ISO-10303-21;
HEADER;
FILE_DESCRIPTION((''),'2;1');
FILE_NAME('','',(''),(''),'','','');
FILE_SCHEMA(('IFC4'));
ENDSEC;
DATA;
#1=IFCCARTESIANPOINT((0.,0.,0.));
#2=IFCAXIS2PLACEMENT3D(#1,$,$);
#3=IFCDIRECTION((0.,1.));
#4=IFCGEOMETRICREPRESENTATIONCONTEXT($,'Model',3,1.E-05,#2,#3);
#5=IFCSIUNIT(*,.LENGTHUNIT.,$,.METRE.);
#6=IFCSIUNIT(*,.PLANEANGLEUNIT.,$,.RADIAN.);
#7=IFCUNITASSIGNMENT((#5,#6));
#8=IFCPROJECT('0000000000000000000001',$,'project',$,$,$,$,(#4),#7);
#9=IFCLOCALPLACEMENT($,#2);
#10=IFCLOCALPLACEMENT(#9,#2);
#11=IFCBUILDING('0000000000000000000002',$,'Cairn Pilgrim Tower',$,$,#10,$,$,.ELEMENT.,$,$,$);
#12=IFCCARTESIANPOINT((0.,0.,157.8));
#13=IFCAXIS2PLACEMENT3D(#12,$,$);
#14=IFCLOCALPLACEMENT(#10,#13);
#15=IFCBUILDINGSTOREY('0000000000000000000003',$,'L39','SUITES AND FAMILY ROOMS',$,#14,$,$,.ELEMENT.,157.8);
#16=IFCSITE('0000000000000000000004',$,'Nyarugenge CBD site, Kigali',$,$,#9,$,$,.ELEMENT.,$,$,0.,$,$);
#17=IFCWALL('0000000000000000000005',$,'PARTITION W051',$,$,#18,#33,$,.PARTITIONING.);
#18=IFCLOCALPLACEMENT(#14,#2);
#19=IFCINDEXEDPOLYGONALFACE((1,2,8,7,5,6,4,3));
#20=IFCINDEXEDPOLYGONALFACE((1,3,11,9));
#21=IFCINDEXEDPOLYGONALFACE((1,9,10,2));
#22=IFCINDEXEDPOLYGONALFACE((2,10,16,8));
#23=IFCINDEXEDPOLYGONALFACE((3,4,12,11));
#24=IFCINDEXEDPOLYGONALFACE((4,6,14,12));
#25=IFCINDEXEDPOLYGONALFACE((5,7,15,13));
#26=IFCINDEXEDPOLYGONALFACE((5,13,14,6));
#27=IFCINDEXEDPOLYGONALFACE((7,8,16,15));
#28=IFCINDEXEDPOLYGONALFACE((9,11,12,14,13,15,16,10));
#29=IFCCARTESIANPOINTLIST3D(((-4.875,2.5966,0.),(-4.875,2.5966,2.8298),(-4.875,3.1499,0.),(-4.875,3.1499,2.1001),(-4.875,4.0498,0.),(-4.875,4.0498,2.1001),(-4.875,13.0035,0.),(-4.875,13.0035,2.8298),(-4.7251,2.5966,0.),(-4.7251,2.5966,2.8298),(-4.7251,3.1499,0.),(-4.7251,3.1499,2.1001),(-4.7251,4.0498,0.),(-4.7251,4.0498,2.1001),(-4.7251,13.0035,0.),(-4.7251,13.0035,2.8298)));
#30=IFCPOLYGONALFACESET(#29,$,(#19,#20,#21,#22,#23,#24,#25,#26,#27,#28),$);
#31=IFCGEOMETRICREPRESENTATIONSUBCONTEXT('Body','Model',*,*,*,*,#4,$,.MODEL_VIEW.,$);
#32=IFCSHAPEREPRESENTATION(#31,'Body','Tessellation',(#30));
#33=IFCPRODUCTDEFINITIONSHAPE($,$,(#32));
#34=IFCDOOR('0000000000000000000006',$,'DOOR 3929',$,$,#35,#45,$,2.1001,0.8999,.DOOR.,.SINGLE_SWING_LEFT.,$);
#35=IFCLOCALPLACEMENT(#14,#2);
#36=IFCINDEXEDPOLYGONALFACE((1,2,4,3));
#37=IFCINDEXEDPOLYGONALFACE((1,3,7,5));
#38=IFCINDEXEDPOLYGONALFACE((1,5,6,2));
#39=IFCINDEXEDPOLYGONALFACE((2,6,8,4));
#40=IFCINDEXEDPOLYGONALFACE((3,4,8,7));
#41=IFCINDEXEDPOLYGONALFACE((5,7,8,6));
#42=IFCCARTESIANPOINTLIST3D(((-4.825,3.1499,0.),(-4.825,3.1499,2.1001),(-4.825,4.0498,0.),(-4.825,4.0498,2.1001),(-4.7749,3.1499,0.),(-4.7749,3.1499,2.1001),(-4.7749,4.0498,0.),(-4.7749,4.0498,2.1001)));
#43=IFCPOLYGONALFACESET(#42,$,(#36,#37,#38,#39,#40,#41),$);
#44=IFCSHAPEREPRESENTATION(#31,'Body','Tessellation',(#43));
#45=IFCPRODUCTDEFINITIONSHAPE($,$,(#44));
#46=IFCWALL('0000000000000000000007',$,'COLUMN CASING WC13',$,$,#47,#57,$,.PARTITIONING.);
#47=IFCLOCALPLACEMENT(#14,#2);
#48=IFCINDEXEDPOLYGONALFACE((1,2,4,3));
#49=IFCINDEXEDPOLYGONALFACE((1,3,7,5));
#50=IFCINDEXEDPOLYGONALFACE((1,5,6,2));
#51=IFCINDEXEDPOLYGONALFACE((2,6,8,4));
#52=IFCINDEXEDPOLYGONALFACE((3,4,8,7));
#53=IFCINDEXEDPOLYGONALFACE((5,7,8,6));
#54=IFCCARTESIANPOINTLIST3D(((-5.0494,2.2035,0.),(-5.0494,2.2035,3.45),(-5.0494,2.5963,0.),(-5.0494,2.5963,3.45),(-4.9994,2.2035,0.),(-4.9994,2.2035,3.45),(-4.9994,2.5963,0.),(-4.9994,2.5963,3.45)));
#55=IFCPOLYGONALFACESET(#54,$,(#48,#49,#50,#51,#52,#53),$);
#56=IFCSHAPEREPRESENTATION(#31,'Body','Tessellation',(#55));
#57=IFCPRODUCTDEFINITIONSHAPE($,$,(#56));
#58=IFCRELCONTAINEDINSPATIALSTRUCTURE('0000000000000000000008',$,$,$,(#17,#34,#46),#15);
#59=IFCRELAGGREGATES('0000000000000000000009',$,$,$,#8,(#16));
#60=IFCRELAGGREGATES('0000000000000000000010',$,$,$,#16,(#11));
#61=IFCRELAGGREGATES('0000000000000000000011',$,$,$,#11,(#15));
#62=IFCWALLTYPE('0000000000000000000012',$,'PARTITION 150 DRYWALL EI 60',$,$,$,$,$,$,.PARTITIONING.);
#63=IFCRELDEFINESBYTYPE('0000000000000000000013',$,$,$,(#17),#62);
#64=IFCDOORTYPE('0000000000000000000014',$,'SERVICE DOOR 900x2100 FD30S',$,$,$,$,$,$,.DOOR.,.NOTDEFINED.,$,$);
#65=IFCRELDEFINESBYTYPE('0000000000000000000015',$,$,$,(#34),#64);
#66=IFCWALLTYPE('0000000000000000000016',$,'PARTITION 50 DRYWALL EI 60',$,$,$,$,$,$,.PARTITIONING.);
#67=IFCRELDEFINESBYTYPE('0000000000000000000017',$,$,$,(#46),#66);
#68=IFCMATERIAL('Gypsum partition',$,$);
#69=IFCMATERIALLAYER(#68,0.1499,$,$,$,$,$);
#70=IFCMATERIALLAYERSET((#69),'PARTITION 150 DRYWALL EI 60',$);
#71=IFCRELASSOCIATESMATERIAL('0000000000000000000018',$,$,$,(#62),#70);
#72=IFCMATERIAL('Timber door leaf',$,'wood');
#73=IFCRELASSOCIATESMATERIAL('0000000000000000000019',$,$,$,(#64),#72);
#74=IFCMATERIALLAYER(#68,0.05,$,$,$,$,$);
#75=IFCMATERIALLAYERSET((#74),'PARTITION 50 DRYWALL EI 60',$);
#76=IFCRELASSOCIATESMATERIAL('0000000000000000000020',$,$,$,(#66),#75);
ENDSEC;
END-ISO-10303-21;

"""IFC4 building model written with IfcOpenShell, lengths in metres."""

from ifc_helpers import new_model, si_unit, direction, frame, frame_2d, origin, place, context, subcontext, project, spatial, rectangle, extrude, material, layer, layer_set, type_object, element, fill, save


model = new_model("IFC4")

# Units and contexts
model_context = context("Model", 3, precision=1e-05, world=origin(), true_north=direction((0.0, 1.0)))
body_context = subcontext(model_context, "Body", "Model", "MODEL_VIEW")
ifc_project = project(units=[si_unit("LENGTHUNIT", "METRE"), si_unit("PLANEANGLEUNIT", "RADIAN")], contexts=[model_context])

# Site, building, storey
site_placement = place(None, origin())
site = spatial("IfcSite", under=ifc_project, at=site_placement, Name="Nyarugenge CBD site, Kigali", CompositionType="ELEMENT", RefElevation=0.0)
building_placement = place(site_placement, origin())
building = spatial("IfcBuilding", under=site, at=building_placement, Name="Cairn Pilgrim Tower", CompositionType="ELEMENT")
storey_placement = place(building_placement, frame((0.0, 0.0, 157.8)))
storey = spatial("IfcBuildingStorey", under=building, at=storey_placement, Name="L39", Description="SUITES AND FAMILY ROOMS", CompositionType="ELEMENT", Elevation=157.8)

# Shared definitions
ifc_material_1 = material(Name="Gypsum partition")
ifc_layer_1 = layer(ifc_material_1, 0.1499)
ifc_layer_set_1 = layer_set([ifc_layer_1], Name="PARTITION 150 DRYWALL EI 60")
wall_type_1 = type_object("IfcWallType", Name="PARTITION 150 DRYWALL EI 60", PredefinedType="PARTITIONING", material=ifc_layer_set_1)

# Wall, opening, door
wall_1_placement = place(storey_placement, frame((-4.8, 2.5964, 0.0), z_axis=(0.0, 0.0, 1.0), x_axis=(0.0, 1.0, 0.0)))
wall_1 = element("IfcWall", 1, at=wall_1_placement, inside=storey, type_object=wall_type_1, Name="PARTITION W051", PredefinedType="PARTITIONING", context=body_context, shape_type="SweptSolid", body=[
    extrude(rectangle(XDim=10.407, YDim=0.1499, at=frame_2d((5.2036, 0.0))), origin(), (0.0, 0.0, 1.0), 2.8298),
])
opening_1_placement = place(wall_1_placement, frame((0.5535, 0.0, 0.0)))
opening_1 = element("IfcOpeningElement", 2, at=opening_1_placement, cuts=wall_1, PredefinedType="OPENING", context=body_context, shape_type="SweptSolid", body=[
    extrude(rectangle(XDim=0.8999, YDim=2.1001, at=frame_2d((0.45, 1.05))), frame((0.0, 0.085, 0.0), z_axis=(0.0, -1.0, 0.0), x_axis=(1.0, 0.0, 0.0)), (0.0, 0.0, 1.0), 0.1699),
])
ifc_material_2 = material(Name="Timber door leaf", Category="wood")
door_type_1 = type_object("IfcDoorType", Name="SERVICE DOOR 900x2100 FD30S", OperationType="NOTDEFINED", PredefinedType="DOOR", material=ifc_material_2)
door_1_placement = place(opening_1_placement, origin())
door_1 = element("IfcDoor", 3, at=door_1_placement, inside=storey, type_object=door_type_1, Name="DOOR 3929", OperationType="SINGLE_SWING_LEFT", OverallHeight=2.1001, OverallWidth=0.8999, PredefinedType="DOOR", context=body_context, shape_type="SweptSolid", body=[
    extrude(rectangle(XDim=0.8999, YDim=2.1001, at=frame_2d((0.45, 1.05))), frame((0.0, 0.0249, 0.0), z_axis=(0.0, -1.0, 0.0), x_axis=(1.0, 0.0, 0.0)), (0.0, 0.0, 1.0), 0.05),
])
fill(opening_1, door_1)

# Wall
ifc_layer_2 = layer(ifc_material_1, 0.05)
ifc_layer_set_2 = layer_set([ifc_layer_2], Name="PARTITION 50 DRYWALL EI 60")
wall_type_2 = type_object("IfcWallType", Name="PARTITION 50 DRYWALL EI 60", PredefinedType="PARTITIONING", material=ifc_layer_set_2)
wall_2_placement = place(storey_placement, frame((-5.0244, 2.2036, 0.0), z_axis=(0.0, 0.0, 1.0), x_axis=(0.0, 1.0, 0.0)))
element("IfcWall", 4, at=wall_2_placement, inside=storey, type_object=wall_type_2, Name="COLUMN CASING WC13", PredefinedType="PARTITIONING", context=body_context, shape_type="SweptSolid", body=[
    extrude(rectangle(XDim=0.3928, YDim=0.05, at=frame_2d((0.1963, 0.0))), origin(), (0.0, 0.0, 1.0), 3.45),
])

save(model, "model.ifc")
